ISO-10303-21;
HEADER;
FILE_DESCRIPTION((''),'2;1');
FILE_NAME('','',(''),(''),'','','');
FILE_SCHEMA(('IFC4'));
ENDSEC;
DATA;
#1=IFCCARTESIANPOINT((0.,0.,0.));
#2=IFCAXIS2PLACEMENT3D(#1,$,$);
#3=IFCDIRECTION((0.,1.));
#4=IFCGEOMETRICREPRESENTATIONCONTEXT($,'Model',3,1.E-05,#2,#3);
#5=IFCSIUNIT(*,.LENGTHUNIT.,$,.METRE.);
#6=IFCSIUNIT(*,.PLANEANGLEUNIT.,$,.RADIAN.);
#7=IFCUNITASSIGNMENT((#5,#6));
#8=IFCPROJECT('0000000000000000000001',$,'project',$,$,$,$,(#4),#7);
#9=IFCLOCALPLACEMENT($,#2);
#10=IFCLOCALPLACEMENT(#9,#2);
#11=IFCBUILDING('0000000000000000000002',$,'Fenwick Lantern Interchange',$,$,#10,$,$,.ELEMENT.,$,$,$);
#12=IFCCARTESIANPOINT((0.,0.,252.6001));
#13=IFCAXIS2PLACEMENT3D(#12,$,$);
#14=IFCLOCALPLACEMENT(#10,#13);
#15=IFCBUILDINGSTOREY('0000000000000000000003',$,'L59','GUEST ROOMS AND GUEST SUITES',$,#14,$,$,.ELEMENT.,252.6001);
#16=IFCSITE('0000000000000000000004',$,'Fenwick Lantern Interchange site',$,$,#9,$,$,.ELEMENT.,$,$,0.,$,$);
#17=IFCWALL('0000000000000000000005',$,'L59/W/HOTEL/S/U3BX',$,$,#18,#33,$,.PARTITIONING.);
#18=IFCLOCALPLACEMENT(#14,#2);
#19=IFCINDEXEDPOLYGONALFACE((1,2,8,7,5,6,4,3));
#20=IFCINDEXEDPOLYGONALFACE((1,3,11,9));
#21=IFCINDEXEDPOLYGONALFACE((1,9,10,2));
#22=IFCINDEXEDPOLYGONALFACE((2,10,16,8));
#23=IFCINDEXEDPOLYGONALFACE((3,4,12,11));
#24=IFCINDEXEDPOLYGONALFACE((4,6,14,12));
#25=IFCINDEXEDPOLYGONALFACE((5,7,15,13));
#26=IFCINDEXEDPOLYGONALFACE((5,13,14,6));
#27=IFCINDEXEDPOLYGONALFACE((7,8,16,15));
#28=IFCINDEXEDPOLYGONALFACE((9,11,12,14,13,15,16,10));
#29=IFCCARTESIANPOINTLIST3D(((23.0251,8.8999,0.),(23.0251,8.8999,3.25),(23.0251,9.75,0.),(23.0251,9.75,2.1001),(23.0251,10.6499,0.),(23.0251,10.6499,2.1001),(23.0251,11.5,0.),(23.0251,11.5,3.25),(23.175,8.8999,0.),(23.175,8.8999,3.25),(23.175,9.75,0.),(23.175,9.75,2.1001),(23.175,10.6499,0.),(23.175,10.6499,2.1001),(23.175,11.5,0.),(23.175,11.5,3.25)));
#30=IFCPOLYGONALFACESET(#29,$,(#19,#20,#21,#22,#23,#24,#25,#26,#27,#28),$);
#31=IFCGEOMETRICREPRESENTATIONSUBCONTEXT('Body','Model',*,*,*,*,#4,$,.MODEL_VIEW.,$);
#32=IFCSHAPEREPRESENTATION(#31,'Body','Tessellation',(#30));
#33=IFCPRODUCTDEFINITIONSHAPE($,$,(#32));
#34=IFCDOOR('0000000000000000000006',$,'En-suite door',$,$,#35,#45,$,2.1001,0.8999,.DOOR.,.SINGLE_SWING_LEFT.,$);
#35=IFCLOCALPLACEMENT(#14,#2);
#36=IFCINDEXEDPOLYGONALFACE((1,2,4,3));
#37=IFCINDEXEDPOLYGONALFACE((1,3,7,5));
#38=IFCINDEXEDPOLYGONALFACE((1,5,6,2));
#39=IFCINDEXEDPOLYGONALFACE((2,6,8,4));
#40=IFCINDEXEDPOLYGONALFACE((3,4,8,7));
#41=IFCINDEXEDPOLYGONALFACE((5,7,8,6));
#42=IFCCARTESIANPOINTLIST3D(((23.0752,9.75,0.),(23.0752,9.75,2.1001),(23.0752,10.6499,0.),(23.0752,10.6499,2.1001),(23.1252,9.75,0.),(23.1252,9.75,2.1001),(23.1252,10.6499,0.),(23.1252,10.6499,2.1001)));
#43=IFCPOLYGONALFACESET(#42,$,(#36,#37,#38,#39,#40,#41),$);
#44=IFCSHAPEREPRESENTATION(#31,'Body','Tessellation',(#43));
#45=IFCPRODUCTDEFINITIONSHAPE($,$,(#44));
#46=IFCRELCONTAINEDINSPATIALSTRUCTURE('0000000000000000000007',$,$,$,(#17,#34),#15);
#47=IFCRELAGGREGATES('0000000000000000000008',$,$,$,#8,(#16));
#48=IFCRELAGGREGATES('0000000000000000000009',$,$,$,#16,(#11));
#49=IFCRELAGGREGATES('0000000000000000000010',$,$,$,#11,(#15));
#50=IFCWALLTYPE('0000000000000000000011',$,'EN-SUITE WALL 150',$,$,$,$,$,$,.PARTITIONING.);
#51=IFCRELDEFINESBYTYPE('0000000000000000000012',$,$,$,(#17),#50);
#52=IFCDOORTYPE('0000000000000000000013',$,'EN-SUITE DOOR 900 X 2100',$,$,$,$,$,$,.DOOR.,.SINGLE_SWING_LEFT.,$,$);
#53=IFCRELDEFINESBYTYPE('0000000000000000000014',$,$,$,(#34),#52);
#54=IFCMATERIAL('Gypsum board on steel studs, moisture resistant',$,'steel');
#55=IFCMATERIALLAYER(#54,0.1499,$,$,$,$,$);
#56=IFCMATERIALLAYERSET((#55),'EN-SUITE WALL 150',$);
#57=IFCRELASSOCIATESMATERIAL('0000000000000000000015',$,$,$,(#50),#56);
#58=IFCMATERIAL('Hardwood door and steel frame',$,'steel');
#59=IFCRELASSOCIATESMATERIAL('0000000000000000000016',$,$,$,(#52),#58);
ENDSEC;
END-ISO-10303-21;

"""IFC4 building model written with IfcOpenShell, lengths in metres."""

from ifc_helpers import new_model, si_unit, direction, frame, frame_2d, origin, place, context, subcontext, project, spatial, rectangle, extrude, material, layer, layer_set, type_object, element, fill, save


model = new_model("IFC4")

# Units and contexts
model_context = context("Model", 3, precision=1e-05, world=origin(), true_north=direction((0.0, 1.0)))
body_context = subcontext(model_context, "Body", "Model", "MODEL_VIEW")
ifc_project = project(units=[si_unit("LENGTHUNIT", "METRE"), si_unit("PLANEANGLEUNIT", "RADIAN")], contexts=[model_context])

# Site, building, storey
site_placement = place(None, origin())
site = spatial("IfcSite", under=ifc_project, at=site_placement, Name="Fenwick Lantern Interchange site", CompositionType="ELEMENT", RefElevation=0.0)
building_placement = place(site_placement, origin())
building = spatial("IfcBuilding", under=site, at=building_placement, Name="Fenwick Lantern Interchange", CompositionType="ELEMENT")
storey_placement = place(building_placement, frame((0.0, 0.0, 252.6001)))
storey = spatial("IfcBuildingStorey", under=building, at=storey_placement, Name="L59", Description="GUEST ROOMS AND GUEST SUITES", CompositionType="ELEMENT", Elevation=252.6001)

# Shared definitions
ifc_material_1 = material(Name="Hardwood door and steel frame", Category="steel")

# Shared definitions
ifc_material_2 = material(Name="Gypsum board on steel studs, moisture resistant", Category="steel")
ifc_layer_1 = layer(ifc_material_2, 0.1499)
ifc_layer_set_1 = layer_set([ifc_layer_1], Name="EN-SUITE WALL 150")
wall_type_1 = type_object("IfcWallType", Name="EN-SUITE WALL 150", PredefinedType="PARTITIONING", material=ifc_layer_set_1)

# Shared definitions
door_type_1 = type_object("IfcDoorType", Name="EN-SUITE DOOR 900 X 2100", OperationType="SINGLE_SWING_LEFT", PredefinedType="DOOR", material=ifc_material_1)

# Wall, opening, door
wall_1_placement = place(storey_placement, frame((23.1001, 8.8999, 0.0), z_axis=(0.0, 0.0, 1.0), x_axis=(0.0, 1.0, 0.0)))
wall_1 = element("IfcWall", 1, at=wall_1_placement, inside=storey, type_object=wall_type_1, Name="L59/W/HOTEL/S/U3BX", PredefinedType="PARTITIONING", context=body_context, shape_type="SweptSolid", body=[
    extrude(rectangle(XDim=2.6001, YDim=0.1499, at=frame_2d((1.3, 0.0))), origin(), (0.0, 0.0, 1.0), 3.25),
])
opening_1_placement = place(wall_1_placement, frame((0.8501, 0.0, 0.0)))
opening_1 = element("IfcOpeningElement", 2, at=opening_1_placement, cuts=wall_1, PredefinedType="OPENING", context=body_context, shape_type="SweptSolid", body=[
    extrude(rectangle(XDim=0.8999, YDim=2.1001, at=frame_2d((0.45, 1.05))), frame((0.0, 0.085, 0.0), z_axis=(0.0, -1.0, 0.0), x_axis=(1.0, 0.0, 0.0)), (0.0, 0.0, 1.0), 0.1699),
])
door_1_placement = place(opening_1_placement, origin())
door_1 = element("IfcDoor", 3, at=door_1_placement, inside=storey, type_object=door_type_1, Name="En-suite door", OperationType="SINGLE_SWING_LEFT", OverallHeight=2.1001, OverallWidth=0.8999, PredefinedType="DOOR", context=body_context, shape_type="SweptSolid", body=[
    extrude(rectangle(XDim=0.8999, YDim=2.1001, at=frame_2d((0.45, 1.05))), frame((0.0, 0.0249, 0.0), z_axis=(0.0, -1.0, 0.0), x_axis=(1.0, 0.0, 0.0)), (0.0, 0.0, 1.0), 0.05),
])
fill(opening_1, door_1)

save(model, "model.ifc")
